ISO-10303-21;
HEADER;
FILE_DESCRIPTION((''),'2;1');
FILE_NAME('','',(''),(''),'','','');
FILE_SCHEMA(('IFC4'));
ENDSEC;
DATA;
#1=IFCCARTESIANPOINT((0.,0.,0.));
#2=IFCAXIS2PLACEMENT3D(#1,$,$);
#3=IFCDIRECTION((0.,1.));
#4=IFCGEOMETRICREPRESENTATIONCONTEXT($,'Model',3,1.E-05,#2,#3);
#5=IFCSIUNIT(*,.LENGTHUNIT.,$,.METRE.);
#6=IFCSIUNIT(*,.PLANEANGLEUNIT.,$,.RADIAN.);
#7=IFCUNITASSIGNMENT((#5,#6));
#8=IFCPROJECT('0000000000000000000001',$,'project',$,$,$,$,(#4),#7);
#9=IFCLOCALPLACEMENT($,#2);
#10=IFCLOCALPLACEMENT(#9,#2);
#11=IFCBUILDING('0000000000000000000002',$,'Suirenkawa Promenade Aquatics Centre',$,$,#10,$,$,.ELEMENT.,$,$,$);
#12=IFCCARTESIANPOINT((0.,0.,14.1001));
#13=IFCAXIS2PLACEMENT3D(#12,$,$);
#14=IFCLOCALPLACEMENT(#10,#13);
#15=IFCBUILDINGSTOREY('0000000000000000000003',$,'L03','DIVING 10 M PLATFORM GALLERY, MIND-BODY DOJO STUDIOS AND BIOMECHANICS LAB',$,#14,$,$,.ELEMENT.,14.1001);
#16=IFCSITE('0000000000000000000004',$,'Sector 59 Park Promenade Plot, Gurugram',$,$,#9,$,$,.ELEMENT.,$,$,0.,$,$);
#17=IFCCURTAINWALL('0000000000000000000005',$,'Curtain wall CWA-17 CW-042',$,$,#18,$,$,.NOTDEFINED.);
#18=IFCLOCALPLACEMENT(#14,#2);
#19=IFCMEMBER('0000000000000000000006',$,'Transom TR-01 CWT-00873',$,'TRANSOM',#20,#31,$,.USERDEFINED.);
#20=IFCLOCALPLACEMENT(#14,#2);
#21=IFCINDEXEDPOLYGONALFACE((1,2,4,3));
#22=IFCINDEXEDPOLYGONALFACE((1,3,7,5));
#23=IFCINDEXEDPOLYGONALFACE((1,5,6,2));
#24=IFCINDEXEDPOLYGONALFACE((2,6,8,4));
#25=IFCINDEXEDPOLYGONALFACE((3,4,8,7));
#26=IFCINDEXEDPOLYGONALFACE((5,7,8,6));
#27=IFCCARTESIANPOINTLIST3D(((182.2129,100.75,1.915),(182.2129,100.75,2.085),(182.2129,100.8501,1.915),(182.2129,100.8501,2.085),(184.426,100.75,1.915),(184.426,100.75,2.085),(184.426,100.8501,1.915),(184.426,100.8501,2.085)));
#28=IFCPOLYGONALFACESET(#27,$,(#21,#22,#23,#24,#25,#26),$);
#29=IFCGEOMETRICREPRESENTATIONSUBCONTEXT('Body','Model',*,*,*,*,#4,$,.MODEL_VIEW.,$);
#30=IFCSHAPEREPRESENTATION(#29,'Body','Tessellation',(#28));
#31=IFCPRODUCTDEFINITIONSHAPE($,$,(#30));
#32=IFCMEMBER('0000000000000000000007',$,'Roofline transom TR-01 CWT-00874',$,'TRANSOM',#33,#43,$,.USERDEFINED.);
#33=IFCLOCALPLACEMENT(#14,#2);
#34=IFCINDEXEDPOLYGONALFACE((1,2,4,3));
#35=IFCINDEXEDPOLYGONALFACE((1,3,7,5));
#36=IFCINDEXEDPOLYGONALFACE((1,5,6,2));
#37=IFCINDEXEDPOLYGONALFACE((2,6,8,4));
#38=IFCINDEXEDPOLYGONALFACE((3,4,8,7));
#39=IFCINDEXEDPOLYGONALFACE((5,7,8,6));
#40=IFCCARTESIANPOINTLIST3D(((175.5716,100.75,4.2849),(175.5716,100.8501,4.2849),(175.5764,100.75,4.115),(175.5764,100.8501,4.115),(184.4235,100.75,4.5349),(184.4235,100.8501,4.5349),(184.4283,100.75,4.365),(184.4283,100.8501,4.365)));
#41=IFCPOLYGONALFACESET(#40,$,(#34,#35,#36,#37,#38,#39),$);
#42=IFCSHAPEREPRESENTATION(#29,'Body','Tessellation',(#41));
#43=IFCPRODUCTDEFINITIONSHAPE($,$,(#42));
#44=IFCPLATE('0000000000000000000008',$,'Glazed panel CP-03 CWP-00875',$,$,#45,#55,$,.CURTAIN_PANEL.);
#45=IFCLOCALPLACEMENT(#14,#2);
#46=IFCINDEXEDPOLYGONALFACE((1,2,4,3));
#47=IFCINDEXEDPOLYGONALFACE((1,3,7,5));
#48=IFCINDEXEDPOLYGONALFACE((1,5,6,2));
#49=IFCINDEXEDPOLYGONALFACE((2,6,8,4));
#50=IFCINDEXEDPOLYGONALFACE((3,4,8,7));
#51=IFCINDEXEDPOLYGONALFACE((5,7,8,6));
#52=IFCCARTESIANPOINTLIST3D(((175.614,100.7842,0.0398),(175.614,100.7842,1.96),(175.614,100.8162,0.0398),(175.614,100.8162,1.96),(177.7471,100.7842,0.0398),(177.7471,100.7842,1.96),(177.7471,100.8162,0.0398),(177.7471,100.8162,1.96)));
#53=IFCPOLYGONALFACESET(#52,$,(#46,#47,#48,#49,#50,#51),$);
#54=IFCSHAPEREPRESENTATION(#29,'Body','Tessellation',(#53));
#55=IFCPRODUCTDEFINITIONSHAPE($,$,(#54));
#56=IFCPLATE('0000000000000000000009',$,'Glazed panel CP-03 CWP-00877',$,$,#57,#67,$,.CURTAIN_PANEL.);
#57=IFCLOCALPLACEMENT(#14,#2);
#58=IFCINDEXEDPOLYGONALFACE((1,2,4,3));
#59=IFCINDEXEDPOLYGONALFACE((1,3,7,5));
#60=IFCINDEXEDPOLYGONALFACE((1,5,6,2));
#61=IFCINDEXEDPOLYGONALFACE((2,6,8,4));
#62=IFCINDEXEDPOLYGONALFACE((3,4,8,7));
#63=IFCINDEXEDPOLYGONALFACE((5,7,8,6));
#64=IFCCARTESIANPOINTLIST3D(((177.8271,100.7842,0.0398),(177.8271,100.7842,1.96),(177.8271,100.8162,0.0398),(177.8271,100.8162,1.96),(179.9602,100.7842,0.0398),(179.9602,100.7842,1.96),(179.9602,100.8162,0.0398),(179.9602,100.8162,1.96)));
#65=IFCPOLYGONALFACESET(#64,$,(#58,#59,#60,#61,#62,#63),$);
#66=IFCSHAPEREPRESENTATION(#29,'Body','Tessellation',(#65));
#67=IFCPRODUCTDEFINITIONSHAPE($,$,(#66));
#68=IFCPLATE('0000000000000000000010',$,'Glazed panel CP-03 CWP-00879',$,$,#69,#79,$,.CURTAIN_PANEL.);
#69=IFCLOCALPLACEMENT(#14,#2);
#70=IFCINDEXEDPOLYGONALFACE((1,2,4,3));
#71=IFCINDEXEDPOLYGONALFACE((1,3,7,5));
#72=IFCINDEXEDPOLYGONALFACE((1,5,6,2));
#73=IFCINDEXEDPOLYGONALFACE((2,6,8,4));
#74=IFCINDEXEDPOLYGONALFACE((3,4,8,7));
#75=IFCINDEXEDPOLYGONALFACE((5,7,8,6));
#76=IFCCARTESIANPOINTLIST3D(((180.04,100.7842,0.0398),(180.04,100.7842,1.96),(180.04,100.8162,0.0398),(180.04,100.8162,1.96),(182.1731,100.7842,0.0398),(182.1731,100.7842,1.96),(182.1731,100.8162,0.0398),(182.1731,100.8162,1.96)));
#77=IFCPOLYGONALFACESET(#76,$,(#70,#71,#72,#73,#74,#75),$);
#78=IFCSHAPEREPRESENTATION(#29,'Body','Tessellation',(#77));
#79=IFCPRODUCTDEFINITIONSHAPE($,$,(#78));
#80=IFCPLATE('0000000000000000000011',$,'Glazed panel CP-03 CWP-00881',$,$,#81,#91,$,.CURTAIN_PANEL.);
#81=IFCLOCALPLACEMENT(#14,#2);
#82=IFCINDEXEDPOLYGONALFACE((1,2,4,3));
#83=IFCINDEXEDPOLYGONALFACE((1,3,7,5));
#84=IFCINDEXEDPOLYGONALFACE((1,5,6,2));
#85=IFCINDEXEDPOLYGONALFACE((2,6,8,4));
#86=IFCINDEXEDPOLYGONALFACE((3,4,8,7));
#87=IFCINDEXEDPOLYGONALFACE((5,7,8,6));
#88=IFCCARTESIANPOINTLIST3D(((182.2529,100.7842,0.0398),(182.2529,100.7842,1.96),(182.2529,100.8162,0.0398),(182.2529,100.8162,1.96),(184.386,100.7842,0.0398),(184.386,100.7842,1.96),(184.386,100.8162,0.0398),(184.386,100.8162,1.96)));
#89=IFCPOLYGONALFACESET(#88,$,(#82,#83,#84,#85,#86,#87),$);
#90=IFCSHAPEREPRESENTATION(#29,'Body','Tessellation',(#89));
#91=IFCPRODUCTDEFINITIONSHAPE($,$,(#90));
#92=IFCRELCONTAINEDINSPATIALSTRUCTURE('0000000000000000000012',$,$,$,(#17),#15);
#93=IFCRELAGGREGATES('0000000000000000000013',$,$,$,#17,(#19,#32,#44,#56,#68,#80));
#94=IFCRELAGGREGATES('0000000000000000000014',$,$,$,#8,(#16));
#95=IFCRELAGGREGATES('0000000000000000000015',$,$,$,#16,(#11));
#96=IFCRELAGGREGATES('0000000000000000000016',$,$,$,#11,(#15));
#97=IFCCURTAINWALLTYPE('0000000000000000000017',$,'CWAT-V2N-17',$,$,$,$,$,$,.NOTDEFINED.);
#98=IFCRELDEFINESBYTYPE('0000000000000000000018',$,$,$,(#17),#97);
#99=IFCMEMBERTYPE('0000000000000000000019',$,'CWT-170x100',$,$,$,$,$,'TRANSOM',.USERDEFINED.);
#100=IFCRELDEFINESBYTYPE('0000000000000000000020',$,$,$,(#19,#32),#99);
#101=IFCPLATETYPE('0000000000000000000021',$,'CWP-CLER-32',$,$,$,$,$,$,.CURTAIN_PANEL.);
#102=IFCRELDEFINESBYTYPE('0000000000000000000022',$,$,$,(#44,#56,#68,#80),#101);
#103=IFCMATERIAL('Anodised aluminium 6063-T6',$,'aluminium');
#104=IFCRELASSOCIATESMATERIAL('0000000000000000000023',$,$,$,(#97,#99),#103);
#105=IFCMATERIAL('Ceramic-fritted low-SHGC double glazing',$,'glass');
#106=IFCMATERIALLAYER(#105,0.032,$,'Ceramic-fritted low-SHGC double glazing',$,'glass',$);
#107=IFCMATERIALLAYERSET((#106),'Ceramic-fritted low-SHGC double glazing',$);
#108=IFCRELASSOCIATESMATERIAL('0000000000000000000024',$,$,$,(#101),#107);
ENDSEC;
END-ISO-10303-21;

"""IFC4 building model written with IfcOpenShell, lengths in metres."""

from ifc_helpers import new_model, si_unit, direction, frame, origin, origin_2d, place, context, subcontext, project, spatial, polyline, rectangle, outline, extrude, material, layer, layer_set, material_profile, profile_set, type_object, element, aggregate, save


model = new_model("IFC4")

# Units and contexts
model_context = context("Model", 3, precision=1e-05, world=origin(), true_north=direction((0.0, 1.0)))
body_context = subcontext(model_context, "Body", "Model", "MODEL_VIEW")
ifc_project = project(units=[si_unit("LENGTHUNIT", "METRE"), si_unit("PLANEANGLEUNIT", "RADIAN")], contexts=[model_context])

# Site, building, storey
site_placement = place(None, origin())
site = spatial("IfcSite", under=ifc_project, at=site_placement, Name="Sector 59 Park Promenade Plot, Gurugram", CompositionType="ELEMENT", RefElevation=0.0)
building_placement = place(site_placement, origin())
building = spatial("IfcBuilding", under=site, at=building_placement, Name="Suirenkawa Promenade Aquatics Centre", CompositionType="ELEMENT")
storey_placement = place(building_placement, frame((0.0, 0.0, 14.1001)))
storey = spatial("IfcBuildingStorey", under=building, at=storey_placement, Name="L03", Description="DIVING 10 M PLATFORM GALLERY, MIND-BODY DOJO STUDIOS AND BIOMECHANICS LAB", CompositionType="ELEMENT", Elevation=14.1001)

# Curtain wall, members, plates
ifc_material_1 = material(Name="Anodised aluminium 6063-T6", Category="aluminium")
curtain_wall_type = type_object("IfcCurtainWallType", Name="CWAT-V2N-17", PredefinedType="NOTDEFINED", material=ifc_material_1)
curtain_wall_placement = place(storey_placement, origin())
curtain_wall = element("IfcCurtainWall", 1, at=curtain_wall_placement, inside=storey, type_object=curtain_wall_type, Name="Curtain wall CWA-17 CW-042", PredefinedType="NOTDEFINED")
ifc_material_profile_1 = material_profile(ifc_material_1, rectangle(XDim=0.1001, YDim=0.1699, at=origin_2d()), Name="ALU TRAN 100x170", Category="aluminium")
ifc_profile_set_1 = profile_set([ifc_material_profile_1], Name="Anodised aluminium 6063-T6")
member_type_1 = type_object("IfcMemberType", Name="CWT-170x100", ElementType="TRANSOM", PredefinedType="USERDEFINED", material=ifc_profile_set_1)
member_1_placement = place(storey_placement, frame((182.2129, 100.8, 2.0), z_axis=(1.0, 0.0, 0.0), x_axis=(0.0, 1.0, 0.0)))
member_1 = element("IfcMember", 2, at=member_1_placement, type_object=member_type_1, Name="Transom TR-01 CWT-00873", ObjectType="TRANSOM", PredefinedType="USERDEFINED", context=body_context, shape_type="SweptSolid", body=[
    extrude(rectangle(XDim=0.1001, YDim=0.1699, at=origin_2d()), origin(), (0.0, 0.0, 1.0), 2.2131),
])
member_2_placement = place(storey_placement, frame((175.574, 100.8, 4.2), z_axis=(0.999601, 0.0, 0.028231), x_axis=(0.0, 1.0, 0.0)))
member_2 = element("IfcMember", 3, at=member_2_placement, type_object=member_type_1, Name="Roofline transom TR-01 CWT-00874", ObjectType="TRANSOM", PredefinedType="USERDEFINED", context=body_context, shape_type="SweptSolid", body=[
    extrude(rectangle(XDim=0.1001, YDim=0.1699, at=origin_2d()), origin(), (0.0, 0.0, 1.0), 8.8555),
])
ifc_material_2 = material(Name="Ceramic-fritted low-SHGC double glazing", Category="glass")
ifc_layer = layer(ifc_material_2, 0.032, Name="Ceramic-fritted low-SHGC double glazing", Category="glass")
ifc_layer_set = layer_set([ifc_layer], Name="Ceramic-fritted low-SHGC double glazing")
plate_type = type_object("IfcPlateType", Name="CWP-CLER-32", PredefinedType="CURTAIN_PANEL", material=ifc_layer_set)
plate_1_placement = place(storey_placement, frame((175.574, 100.8, 0.0398), z_axis=(0.0, 0.0, 1.0), x_axis=(1.0, 0.0, 0.0)))
plate_1 = element("IfcPlate", 4, at=plate_1_placement, type_object=plate_type, Name="Glazed panel CP-03 CWP-00875", PredefinedType="CURTAIN_PANEL", context=body_context, shape_type="SweptSolid", body=[
    extrude(outline(polyline([(0.04, 0.0), (2.1731, 0.0), (2.1731, 1.9202), (0.04, 1.9202), (0.04, 0.0)])), frame((0.0, 0.0161, 0.0), z_axis=(0.0, -1.0, 0.0), x_axis=(1.0, 0.0, 0.0)), (0.0, 0.0, 1.0), 0.032),
])
plate_2_placement = place(storey_placement, frame((177.7871, 100.8, 0.0398), z_axis=(0.0, 0.0, 1.0), x_axis=(1.0, 0.0, 0.0)))
plate_2 = element("IfcPlate", 5, at=plate_2_placement, type_object=plate_type, Name="Glazed panel CP-03 CWP-00877", PredefinedType="CURTAIN_PANEL", context=body_context, shape_type="SweptSolid", body=[
    extrude(outline(polyline([(0.04, 0.0), (2.1731, 0.0), (2.1731, 1.9202), (0.04, 1.9202), (0.04, 0.0)])), frame((0.0, 0.0161, 0.0), z_axis=(0.0, -1.0, 0.0), x_axis=(1.0, 0.0, 0.0)), (0.0, 0.0, 1.0), 0.032),
])
plate_3_placement = place(storey_placement, frame((180.0, 100.8, 0.0398), z_axis=(0.0, 0.0, 1.0), x_axis=(1.0, 0.0, 0.0)))
plate_3 = element("IfcPlate", 6, at=plate_3_placement, type_object=plate_type, Name="Glazed panel CP-03 CWP-00879", PredefinedType="CURTAIN_PANEL", context=body_context, shape_type="SweptSolid", body=[
    extrude(outline(polyline([(0.04, 0.0), (2.1731, 0.0), (2.1731, 1.9202), (0.04, 1.9202), (0.04, 0.0)])), frame((0.0, 0.0161, 0.0), z_axis=(0.0, -1.0, 0.0), x_axis=(1.0, 0.0, 0.0)), (0.0, 0.0, 1.0), 0.032),
])
plate_4_placement = place(storey_placement, frame((182.2129, 100.8, 0.0398), z_axis=(0.0, 0.0, 1.0), x_axis=(1.0, 0.0, 0.0)))
plate_4 = element("IfcPlate", 7, at=plate_4_placement, type_object=plate_type, Name="Glazed panel CP-03 CWP-00881", PredefinedType="CURTAIN_PANEL", context=body_context, shape_type="SweptSolid", body=[
    extrude(outline(polyline([(0.04, 0.0), (2.1731, 0.0), (2.1731, 1.9202), (0.04, 1.9202), (0.04, 0.0)])), frame((0.0, 0.0161, 0.0), z_axis=(0.0, -1.0, 0.0), x_axis=(1.0, 0.0, 0.0)), (0.0, 0.0, 1.0), 0.032),
])
aggregate(curtain_wall, [member_1, member_2, plate_1, plate_2, plate_3, plate_4])

save(model, "model.ifc")
